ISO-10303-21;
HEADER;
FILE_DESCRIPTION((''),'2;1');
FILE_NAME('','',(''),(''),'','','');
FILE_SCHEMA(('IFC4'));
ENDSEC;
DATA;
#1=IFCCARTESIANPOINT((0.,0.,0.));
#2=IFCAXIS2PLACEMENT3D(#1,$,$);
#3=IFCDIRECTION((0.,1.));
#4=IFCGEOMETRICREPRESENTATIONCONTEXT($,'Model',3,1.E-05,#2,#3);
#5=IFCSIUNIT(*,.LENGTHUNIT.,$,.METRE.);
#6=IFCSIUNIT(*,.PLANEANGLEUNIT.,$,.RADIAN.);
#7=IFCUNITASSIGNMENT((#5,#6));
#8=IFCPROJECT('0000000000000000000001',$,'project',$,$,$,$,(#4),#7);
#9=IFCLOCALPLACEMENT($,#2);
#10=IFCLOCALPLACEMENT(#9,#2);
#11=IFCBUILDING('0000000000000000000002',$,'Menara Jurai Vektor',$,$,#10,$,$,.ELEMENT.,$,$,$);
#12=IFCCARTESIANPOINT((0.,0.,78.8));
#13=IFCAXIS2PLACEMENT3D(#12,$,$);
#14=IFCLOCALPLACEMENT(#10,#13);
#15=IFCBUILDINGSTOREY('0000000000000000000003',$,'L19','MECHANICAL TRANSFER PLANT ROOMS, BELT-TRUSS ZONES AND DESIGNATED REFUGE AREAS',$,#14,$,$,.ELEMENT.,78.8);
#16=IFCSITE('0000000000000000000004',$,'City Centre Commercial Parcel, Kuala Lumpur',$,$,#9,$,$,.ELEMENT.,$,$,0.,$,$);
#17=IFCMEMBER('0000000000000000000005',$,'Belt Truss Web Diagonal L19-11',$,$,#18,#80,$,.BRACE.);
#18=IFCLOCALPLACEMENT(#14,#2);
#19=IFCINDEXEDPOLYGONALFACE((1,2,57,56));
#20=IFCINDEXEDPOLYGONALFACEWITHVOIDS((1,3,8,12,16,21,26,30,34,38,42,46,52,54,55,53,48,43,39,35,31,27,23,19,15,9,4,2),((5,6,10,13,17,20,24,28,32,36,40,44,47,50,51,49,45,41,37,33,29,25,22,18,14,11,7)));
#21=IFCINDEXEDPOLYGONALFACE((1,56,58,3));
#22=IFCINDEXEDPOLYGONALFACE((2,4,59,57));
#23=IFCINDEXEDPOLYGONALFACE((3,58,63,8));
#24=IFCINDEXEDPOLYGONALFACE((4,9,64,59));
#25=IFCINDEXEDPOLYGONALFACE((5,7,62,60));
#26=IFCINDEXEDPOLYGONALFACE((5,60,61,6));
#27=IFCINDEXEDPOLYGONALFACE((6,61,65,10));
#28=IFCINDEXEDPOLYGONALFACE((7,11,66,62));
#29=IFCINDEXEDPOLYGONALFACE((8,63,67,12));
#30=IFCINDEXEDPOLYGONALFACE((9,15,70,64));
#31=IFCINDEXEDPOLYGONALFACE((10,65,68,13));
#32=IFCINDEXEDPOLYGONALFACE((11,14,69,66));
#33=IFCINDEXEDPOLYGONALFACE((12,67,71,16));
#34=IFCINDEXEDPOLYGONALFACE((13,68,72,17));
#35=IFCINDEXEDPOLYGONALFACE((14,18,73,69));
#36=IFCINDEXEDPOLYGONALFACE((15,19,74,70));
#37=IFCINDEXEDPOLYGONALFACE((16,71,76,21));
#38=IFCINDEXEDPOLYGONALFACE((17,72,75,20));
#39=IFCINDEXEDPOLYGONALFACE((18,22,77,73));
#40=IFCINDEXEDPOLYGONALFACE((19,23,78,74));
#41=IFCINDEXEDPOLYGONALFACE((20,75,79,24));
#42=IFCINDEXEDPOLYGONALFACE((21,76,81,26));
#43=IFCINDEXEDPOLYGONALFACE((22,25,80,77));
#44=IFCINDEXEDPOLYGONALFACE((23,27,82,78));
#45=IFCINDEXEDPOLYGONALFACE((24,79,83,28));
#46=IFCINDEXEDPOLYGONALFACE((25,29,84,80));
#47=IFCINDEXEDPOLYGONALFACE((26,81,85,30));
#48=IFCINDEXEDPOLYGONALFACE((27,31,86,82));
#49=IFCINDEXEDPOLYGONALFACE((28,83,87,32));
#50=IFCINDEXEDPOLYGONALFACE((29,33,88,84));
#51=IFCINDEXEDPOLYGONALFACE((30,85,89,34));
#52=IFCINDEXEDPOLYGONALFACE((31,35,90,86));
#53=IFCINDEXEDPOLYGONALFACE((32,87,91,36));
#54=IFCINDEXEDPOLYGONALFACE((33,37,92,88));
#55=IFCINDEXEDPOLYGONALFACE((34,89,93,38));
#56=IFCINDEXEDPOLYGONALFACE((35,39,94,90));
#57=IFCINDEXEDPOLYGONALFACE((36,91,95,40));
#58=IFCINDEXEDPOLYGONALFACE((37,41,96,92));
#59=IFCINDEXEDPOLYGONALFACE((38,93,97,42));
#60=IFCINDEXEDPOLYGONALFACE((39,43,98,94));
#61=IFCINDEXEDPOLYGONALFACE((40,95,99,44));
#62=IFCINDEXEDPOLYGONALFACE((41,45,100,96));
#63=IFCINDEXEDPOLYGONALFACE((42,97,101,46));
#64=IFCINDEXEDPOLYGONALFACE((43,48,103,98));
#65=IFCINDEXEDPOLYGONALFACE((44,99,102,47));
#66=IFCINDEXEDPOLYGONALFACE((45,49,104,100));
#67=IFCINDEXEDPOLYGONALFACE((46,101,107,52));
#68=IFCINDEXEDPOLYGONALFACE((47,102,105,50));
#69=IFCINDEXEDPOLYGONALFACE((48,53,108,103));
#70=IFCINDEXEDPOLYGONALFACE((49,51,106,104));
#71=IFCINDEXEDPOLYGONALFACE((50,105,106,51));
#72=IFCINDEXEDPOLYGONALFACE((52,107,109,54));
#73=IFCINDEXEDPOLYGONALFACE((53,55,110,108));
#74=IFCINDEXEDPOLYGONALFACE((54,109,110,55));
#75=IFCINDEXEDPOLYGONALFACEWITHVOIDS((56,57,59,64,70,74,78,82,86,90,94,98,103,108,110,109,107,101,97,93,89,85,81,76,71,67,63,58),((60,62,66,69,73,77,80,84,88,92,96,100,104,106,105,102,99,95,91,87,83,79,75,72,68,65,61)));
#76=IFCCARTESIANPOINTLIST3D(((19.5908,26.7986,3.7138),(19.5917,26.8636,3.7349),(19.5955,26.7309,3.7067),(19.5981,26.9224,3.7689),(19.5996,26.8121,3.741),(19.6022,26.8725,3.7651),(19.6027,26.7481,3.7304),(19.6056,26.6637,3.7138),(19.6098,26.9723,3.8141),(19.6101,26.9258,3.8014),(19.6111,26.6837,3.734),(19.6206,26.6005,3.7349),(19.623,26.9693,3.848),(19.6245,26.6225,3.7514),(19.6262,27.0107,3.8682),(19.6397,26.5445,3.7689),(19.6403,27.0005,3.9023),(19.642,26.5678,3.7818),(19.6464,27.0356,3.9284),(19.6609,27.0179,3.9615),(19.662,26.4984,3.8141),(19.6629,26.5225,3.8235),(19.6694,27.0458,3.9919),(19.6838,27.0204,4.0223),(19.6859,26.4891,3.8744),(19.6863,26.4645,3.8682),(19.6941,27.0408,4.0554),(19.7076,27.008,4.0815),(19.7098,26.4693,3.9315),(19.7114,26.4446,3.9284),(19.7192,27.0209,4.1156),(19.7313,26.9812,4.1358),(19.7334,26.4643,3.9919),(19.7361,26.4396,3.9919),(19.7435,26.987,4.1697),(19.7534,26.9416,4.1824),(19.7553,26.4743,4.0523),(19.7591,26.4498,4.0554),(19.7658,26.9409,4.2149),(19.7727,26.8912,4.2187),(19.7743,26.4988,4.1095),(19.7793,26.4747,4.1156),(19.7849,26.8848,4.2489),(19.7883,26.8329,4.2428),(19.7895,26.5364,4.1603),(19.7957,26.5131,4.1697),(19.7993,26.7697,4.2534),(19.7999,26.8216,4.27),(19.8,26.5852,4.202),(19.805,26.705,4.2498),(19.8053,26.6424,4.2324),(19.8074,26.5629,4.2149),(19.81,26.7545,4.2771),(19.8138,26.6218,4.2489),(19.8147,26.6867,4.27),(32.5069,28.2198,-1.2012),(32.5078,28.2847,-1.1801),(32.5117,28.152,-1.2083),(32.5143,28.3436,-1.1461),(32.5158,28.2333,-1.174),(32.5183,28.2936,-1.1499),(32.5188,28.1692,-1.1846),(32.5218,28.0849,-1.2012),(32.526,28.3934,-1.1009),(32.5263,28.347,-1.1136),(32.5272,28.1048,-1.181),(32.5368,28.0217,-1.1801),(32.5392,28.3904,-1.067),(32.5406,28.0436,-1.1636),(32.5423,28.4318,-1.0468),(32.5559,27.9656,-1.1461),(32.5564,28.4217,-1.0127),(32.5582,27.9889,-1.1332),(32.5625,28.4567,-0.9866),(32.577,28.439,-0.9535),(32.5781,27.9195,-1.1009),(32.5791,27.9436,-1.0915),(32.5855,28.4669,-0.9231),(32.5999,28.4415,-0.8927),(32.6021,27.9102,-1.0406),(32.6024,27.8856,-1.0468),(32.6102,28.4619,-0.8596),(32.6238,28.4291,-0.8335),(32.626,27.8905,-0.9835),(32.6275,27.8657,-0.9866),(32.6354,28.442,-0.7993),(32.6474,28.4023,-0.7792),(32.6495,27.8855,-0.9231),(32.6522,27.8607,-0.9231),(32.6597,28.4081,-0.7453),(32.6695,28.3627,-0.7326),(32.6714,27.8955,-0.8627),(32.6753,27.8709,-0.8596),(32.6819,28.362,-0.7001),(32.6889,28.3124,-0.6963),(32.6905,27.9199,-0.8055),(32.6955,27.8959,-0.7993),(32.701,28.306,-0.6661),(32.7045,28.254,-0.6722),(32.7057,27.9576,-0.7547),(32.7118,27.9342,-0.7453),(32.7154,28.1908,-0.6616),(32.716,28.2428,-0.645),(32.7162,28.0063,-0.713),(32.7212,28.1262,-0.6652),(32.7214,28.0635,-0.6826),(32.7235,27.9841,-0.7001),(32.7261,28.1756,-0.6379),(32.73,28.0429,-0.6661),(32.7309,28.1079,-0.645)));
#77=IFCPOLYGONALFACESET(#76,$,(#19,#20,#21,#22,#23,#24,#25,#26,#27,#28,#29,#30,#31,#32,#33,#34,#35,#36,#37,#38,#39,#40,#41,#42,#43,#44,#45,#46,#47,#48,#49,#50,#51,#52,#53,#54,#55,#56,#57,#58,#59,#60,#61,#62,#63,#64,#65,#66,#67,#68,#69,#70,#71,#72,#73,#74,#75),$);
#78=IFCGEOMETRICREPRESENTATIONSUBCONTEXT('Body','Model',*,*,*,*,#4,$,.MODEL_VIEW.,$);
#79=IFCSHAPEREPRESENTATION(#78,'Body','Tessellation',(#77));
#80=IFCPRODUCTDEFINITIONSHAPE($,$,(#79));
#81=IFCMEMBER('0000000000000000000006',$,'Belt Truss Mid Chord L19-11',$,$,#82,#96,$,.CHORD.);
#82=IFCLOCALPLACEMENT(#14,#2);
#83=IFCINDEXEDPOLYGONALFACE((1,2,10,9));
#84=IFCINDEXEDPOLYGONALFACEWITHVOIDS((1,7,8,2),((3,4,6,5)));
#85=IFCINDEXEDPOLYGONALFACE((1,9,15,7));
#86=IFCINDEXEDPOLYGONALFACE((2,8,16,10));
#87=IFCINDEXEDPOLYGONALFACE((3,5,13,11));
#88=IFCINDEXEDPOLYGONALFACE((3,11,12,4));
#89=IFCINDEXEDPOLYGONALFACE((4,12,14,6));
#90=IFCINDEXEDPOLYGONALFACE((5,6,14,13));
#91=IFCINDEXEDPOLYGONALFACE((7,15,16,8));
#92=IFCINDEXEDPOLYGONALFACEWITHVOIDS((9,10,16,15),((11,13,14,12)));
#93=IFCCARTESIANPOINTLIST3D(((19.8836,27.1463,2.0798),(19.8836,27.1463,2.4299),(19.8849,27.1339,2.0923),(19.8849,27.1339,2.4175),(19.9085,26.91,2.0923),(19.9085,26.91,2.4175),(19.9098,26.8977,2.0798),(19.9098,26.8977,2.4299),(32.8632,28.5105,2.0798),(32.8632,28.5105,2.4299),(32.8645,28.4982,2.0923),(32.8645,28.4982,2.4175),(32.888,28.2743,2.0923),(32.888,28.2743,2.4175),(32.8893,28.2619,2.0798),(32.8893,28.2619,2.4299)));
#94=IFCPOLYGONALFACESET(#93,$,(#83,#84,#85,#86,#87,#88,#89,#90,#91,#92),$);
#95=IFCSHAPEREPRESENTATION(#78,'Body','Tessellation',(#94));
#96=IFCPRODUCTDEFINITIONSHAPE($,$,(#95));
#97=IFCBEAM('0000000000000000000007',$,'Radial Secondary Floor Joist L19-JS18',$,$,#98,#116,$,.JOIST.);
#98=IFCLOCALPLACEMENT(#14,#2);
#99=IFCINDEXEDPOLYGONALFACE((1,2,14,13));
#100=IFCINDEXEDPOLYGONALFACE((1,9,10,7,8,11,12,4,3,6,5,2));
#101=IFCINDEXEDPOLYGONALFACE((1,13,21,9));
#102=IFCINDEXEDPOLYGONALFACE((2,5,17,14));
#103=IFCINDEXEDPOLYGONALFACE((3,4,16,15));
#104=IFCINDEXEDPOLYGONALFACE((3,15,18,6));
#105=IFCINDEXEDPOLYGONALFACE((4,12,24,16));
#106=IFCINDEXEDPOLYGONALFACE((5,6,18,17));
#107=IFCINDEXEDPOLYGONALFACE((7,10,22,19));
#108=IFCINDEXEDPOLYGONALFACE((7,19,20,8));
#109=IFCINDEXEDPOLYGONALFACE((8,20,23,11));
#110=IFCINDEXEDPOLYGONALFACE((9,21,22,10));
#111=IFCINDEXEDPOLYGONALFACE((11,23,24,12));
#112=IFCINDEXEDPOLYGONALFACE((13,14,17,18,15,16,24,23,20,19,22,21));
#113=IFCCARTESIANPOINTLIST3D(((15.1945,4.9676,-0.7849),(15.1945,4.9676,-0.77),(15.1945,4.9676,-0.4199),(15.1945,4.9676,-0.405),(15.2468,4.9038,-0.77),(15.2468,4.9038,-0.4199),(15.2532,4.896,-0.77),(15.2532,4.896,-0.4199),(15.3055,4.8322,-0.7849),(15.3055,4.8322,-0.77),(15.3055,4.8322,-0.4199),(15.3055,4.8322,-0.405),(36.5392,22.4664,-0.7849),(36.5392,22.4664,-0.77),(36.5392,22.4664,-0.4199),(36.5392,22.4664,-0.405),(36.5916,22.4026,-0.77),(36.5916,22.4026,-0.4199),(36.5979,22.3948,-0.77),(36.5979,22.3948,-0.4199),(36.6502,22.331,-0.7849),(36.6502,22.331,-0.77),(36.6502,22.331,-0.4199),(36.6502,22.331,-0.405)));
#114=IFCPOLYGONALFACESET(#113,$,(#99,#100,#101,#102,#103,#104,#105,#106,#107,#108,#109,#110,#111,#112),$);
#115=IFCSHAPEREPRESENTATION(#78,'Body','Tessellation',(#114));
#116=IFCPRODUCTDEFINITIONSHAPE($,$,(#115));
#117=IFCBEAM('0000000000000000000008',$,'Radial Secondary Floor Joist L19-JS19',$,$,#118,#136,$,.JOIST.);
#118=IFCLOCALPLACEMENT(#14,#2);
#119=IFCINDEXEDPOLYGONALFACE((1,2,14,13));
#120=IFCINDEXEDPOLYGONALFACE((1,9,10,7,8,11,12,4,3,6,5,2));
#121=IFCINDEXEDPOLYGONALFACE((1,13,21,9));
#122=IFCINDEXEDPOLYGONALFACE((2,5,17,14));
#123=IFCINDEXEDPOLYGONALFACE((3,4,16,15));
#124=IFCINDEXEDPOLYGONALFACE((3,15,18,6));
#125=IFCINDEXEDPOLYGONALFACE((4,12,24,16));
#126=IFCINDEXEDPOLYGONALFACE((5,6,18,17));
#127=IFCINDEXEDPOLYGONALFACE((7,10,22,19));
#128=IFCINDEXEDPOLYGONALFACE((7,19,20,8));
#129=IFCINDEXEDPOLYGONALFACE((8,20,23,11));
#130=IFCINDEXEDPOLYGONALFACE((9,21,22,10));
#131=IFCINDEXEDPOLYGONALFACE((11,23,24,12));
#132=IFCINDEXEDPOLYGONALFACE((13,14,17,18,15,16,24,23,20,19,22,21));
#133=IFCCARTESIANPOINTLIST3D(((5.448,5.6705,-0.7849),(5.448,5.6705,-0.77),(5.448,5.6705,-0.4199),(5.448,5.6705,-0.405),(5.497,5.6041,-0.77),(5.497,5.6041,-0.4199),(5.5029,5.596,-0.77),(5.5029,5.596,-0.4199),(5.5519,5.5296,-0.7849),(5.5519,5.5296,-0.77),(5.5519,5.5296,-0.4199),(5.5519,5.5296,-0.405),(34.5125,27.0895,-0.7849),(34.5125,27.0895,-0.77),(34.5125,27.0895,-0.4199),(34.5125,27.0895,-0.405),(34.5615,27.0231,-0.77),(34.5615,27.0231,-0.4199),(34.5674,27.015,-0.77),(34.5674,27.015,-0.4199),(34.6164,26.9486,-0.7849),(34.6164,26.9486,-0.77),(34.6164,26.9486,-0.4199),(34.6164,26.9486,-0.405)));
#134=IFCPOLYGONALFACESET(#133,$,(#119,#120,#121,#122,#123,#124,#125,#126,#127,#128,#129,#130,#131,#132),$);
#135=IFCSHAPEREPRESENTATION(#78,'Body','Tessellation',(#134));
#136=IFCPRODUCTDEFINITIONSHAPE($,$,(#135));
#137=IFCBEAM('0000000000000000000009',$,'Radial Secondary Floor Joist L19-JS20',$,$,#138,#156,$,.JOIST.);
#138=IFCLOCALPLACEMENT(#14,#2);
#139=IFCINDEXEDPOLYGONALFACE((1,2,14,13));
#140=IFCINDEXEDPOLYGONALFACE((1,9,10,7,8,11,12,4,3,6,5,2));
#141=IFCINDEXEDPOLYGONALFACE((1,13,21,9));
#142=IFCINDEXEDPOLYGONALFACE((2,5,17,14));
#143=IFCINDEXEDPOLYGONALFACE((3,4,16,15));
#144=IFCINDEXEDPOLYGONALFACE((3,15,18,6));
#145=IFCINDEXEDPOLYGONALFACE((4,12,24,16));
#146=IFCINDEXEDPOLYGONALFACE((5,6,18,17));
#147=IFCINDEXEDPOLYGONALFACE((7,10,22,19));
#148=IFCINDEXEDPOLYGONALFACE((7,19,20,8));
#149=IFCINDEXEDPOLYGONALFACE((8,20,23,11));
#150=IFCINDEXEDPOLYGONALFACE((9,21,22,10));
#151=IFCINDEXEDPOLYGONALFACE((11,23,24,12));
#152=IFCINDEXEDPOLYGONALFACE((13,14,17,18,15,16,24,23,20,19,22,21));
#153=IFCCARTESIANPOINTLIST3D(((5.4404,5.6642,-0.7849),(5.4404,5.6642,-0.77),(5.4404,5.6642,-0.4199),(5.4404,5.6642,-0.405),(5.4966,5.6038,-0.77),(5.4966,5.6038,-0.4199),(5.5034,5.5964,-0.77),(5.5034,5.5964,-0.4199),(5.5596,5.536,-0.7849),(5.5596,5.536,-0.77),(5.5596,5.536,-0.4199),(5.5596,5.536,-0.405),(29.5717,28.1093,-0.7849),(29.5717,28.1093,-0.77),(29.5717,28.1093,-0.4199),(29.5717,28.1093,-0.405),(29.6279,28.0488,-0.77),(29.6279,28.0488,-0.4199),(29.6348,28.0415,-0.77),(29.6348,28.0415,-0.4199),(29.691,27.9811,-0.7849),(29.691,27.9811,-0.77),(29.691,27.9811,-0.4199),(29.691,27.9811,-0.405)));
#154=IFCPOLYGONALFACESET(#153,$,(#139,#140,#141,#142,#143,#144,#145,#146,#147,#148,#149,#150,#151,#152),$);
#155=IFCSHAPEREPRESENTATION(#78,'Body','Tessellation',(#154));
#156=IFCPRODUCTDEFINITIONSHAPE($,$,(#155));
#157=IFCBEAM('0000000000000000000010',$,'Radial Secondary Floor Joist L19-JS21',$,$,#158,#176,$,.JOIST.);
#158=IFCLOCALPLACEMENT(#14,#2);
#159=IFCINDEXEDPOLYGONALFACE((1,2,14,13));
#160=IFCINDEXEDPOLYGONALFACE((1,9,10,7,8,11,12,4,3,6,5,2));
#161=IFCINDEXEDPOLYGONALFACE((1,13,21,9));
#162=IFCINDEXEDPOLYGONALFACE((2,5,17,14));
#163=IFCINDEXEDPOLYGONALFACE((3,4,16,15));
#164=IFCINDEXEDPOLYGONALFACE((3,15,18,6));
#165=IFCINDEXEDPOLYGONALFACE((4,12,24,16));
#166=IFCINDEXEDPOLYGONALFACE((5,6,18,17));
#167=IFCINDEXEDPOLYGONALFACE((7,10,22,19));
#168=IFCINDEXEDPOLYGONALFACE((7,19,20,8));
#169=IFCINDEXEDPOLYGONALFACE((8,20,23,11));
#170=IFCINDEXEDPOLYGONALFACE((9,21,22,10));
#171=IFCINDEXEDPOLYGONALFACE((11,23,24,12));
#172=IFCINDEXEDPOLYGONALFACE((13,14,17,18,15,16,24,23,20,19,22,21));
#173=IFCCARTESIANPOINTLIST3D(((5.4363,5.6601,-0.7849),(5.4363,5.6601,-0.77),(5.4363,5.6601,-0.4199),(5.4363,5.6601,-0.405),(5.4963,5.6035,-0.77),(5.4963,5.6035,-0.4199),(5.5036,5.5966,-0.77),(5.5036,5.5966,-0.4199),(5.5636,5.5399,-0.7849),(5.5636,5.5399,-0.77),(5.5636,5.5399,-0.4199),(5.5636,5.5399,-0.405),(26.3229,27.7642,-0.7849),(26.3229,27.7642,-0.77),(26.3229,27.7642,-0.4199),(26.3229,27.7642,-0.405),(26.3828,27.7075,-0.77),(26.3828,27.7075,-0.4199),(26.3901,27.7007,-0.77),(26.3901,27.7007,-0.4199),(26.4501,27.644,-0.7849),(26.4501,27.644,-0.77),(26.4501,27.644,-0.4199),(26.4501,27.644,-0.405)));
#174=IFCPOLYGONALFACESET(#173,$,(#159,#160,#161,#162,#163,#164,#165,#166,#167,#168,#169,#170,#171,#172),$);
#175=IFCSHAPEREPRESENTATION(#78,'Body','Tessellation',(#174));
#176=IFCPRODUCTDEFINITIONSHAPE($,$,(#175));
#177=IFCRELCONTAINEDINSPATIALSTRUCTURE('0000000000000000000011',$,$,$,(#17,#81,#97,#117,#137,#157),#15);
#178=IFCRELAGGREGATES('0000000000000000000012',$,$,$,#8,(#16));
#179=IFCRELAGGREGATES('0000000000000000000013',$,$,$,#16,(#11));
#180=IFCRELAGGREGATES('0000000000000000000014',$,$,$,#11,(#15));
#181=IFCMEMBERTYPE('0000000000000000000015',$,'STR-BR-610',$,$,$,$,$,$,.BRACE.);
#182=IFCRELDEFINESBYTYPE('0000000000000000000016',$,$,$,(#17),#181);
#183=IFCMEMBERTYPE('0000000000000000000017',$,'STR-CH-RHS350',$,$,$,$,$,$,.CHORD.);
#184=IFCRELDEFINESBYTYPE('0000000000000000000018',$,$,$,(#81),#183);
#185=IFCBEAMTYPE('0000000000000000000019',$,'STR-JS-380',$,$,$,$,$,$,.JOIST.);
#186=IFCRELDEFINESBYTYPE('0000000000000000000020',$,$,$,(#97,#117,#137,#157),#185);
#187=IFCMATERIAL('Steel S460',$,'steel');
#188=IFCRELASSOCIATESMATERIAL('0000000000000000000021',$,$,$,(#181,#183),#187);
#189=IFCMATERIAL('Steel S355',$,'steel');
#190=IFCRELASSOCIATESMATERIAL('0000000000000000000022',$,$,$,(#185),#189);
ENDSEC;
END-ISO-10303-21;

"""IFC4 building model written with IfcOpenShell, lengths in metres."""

from ifc_helpers import new_model, si_unit, direction, frame, origin, origin_2d, place, context, subcontext, project, spatial, hollow_rectangle, hollow_circle, i_section, extrude, material, material_profile, profile_set, type_object, element, save


model = new_model("IFC4")

# Units and contexts
model_context = context("Model", 3, precision=1e-05, world=origin(), true_north=direction((0.0, 1.0)))
body_context = subcontext(model_context, "Body", "Model", "MODEL_VIEW")
ifc_project = project(units=[si_unit("LENGTHUNIT", "METRE"), si_unit("PLANEANGLEUNIT", "RADIAN")], contexts=[model_context])

# Site, building, storey
site_placement = place(None, origin())
site = spatial("IfcSite", under=ifc_project, at=site_placement, Name="City Centre Commercial Parcel, Kuala Lumpur", CompositionType="ELEMENT", RefElevation=0.0)
building_placement = place(site_placement, origin())
building = spatial("IfcBuilding", under=site, at=building_placement, Name="Menara Jurai Vektor", CompositionType="ELEMENT")
storey_placement = place(building_placement, frame((0.0, 0.0, 78.8)))
storey = spatial("IfcBuildingStorey", under=building, at=storey_placement, Name="L19", Description="MECHANICAL TRANSFER PLANT ROOMS, BELT-TRUSS ZONES AND DESIGNATED REFUGE AREAS", CompositionType="ELEMENT", Elevation=78.8)

# Shared definitions
ifc_material_1 = material(Name="Steel S460", Category="steel")

# Members
ifc_material_profile_1 = material_profile(ifc_material_1, hollow_circle(Radius=0.3049, WallThickness=0.0249, at=origin_2d()), Name="CHS 610x25")
ifc_profile_set_1 = profile_set([ifc_material_profile_1], Name="Steel S460")
member_type_1 = type_object("IfcMemberType", Name="STR-BR-610", PredefinedType="BRACE", material=ifc_profile_set_1)
member_1_placement = place(storey_placement, frame((32.6189, 28.1638, -0.9231), z_axis=(-0.929716, -0.102294, 0.353786), x_axis=(0.109367, -0.994001, 0.0)))
element("IfcMember", 1, at=member_1_placement, inside=storey, type_object=member_type_1, Name="Belt Truss Web Diagonal L19-11", PredefinedType="BRACE", context=body_context, shape_type="SweptSolid", body=[
    extrude(hollow_circle(Radius=0.3049, WallThickness=0.0249, at=origin_2d()), origin(), (0.0, 0.0, 1.0), 13.8926),
])
ifc_material_profile_2 = material_profile(ifc_material_1, hollow_rectangle(XDim=0.25, YDim=0.3501, WallThickness=0.0125, at=origin_2d()), Name="RHS 350x250x12.5")
ifc_profile_set_2 = profile_set([ifc_material_profile_2], Name="Steel S460")
member_type_2 = type_object("IfcMemberType", Name="STR-CH-RHS350", PredefinedType="CHORD", material=ifc_profile_set_2)
member_2_placement = place(storey_placement, frame((32.8762, 28.3862, 2.2549), z_axis=(-0.994521, -0.104533, 0.0), x_axis=(0.104533, -0.994521, 0.0)))
element("IfcMember", 2, at=member_2_placement, inside=storey, type_object=member_type_2, Name="Belt Truss Mid Chord L19-11", PredefinedType="CHORD", context=body_context, shape_type="SweptSolid", body=[
    extrude(hollow_rectangle(XDim=0.25, YDim=0.3501, WallThickness=0.0125, at=origin_2d()), origin(), (0.0, 0.0, 1.0), 13.051),
])

# Beams
ifc_material_2 = material(Name="Steel S355", Category="steel")
ifc_material_profile_3 = material_profile(ifc_material_2, i_section(OverallWidth=0.175, OverallDepth=0.3799, WebThickness=0.01, FlangeThickness=0.0149, at=origin_2d()), Name="PG 380x175x58")
ifc_profile_set_3 = profile_set([ifc_material_profile_3], Name="Steel S355")
beam_type_1 = type_object("IfcBeamType", Name="STR-JS-380", PredefinedType="JOIST", material=ifc_profile_set_3)
beam_1_placement = place(storey_placement, frame((36.5947, 22.3987, -0.595), z_axis=(-0.773337, -0.633995, 0.0), x_axis=(0.633995, -0.773337, 0.0)))
element("IfcBeam", 3, at=beam_1_placement, inside=storey, type_object=beam_type_1, Name="Radial Secondary Floor Joist L19-JS18", PredefinedType="JOIST", context=body_context, shape_type="SweptSolid", body=[
    extrude(i_section(OverallWidth=0.175, OverallDepth=0.3799, WebThickness=0.01, FlangeThickness=0.0149, at=origin_2d()), origin(), (0.0, 0.0, 1.0), 27.6008),
])
beam_2_placement = place(storey_placement, frame((34.5645, 27.019, -0.595), z_axis=(-0.805016, -0.593253, 0.0), x_axis=(0.593253, -0.805016, 0.0)))
element("IfcBeam", 4, at=beam_2_placement, inside=storey, type_object=beam_type_1, Name="Radial Secondary Floor Joist L19-JS19", PredefinedType="JOIST", context=body_context, shape_type="SweptSolid", body=[
    extrude(i_section(OverallWidth=0.175, OverallDepth=0.3799, WebThickness=0.01, FlangeThickness=0.0149, at=origin_2d()), origin(), (0.0, 0.0, 1.0), 36.1042),
])
beam_3_placement = place(storey_placement, frame((29.6313, 28.0452, -0.595), z_axis=(-0.732228, -0.68106, 0.0), x_axis=(0.68106, -0.732228, 0.0)))
element("IfcBeam", 5, at=beam_3_placement, inside=storey, type_object=beam_type_1, Name="Radial Secondary Floor Joist L19-JS20", PredefinedType="JOIST", context=body_context, shape_type="SweptSolid", body=[
    extrude(i_section(OverallWidth=0.175, OverallDepth=0.3799, WebThickness=0.01, FlangeThickness=0.0149, at=origin_2d()), origin(), (0.0, 0.0, 1.0), 32.9561),
])
beam_4_placement = place(storey_placement, frame((26.3865, 27.7041, -0.595), z_axis=(-0.686805, -0.726841, 0.0), x_axis=(0.726841, -0.686805, 0.0)))
element("IfcBeam", 6, at=beam_4_placement, inside=storey, type_object=beam_type_1, Name="Radial Secondary Floor Joist L19-JS21", PredefinedType="JOIST", context=body_context, shape_type="SweptSolid", body=[
    extrude(i_section(OverallWidth=0.175, OverallDepth=0.3799, WebThickness=0.01, FlangeThickness=0.0149, at=origin_2d()), origin(), (0.0, 0.0, 1.0), 30.4111),
])

save(model, "model.ifc")
